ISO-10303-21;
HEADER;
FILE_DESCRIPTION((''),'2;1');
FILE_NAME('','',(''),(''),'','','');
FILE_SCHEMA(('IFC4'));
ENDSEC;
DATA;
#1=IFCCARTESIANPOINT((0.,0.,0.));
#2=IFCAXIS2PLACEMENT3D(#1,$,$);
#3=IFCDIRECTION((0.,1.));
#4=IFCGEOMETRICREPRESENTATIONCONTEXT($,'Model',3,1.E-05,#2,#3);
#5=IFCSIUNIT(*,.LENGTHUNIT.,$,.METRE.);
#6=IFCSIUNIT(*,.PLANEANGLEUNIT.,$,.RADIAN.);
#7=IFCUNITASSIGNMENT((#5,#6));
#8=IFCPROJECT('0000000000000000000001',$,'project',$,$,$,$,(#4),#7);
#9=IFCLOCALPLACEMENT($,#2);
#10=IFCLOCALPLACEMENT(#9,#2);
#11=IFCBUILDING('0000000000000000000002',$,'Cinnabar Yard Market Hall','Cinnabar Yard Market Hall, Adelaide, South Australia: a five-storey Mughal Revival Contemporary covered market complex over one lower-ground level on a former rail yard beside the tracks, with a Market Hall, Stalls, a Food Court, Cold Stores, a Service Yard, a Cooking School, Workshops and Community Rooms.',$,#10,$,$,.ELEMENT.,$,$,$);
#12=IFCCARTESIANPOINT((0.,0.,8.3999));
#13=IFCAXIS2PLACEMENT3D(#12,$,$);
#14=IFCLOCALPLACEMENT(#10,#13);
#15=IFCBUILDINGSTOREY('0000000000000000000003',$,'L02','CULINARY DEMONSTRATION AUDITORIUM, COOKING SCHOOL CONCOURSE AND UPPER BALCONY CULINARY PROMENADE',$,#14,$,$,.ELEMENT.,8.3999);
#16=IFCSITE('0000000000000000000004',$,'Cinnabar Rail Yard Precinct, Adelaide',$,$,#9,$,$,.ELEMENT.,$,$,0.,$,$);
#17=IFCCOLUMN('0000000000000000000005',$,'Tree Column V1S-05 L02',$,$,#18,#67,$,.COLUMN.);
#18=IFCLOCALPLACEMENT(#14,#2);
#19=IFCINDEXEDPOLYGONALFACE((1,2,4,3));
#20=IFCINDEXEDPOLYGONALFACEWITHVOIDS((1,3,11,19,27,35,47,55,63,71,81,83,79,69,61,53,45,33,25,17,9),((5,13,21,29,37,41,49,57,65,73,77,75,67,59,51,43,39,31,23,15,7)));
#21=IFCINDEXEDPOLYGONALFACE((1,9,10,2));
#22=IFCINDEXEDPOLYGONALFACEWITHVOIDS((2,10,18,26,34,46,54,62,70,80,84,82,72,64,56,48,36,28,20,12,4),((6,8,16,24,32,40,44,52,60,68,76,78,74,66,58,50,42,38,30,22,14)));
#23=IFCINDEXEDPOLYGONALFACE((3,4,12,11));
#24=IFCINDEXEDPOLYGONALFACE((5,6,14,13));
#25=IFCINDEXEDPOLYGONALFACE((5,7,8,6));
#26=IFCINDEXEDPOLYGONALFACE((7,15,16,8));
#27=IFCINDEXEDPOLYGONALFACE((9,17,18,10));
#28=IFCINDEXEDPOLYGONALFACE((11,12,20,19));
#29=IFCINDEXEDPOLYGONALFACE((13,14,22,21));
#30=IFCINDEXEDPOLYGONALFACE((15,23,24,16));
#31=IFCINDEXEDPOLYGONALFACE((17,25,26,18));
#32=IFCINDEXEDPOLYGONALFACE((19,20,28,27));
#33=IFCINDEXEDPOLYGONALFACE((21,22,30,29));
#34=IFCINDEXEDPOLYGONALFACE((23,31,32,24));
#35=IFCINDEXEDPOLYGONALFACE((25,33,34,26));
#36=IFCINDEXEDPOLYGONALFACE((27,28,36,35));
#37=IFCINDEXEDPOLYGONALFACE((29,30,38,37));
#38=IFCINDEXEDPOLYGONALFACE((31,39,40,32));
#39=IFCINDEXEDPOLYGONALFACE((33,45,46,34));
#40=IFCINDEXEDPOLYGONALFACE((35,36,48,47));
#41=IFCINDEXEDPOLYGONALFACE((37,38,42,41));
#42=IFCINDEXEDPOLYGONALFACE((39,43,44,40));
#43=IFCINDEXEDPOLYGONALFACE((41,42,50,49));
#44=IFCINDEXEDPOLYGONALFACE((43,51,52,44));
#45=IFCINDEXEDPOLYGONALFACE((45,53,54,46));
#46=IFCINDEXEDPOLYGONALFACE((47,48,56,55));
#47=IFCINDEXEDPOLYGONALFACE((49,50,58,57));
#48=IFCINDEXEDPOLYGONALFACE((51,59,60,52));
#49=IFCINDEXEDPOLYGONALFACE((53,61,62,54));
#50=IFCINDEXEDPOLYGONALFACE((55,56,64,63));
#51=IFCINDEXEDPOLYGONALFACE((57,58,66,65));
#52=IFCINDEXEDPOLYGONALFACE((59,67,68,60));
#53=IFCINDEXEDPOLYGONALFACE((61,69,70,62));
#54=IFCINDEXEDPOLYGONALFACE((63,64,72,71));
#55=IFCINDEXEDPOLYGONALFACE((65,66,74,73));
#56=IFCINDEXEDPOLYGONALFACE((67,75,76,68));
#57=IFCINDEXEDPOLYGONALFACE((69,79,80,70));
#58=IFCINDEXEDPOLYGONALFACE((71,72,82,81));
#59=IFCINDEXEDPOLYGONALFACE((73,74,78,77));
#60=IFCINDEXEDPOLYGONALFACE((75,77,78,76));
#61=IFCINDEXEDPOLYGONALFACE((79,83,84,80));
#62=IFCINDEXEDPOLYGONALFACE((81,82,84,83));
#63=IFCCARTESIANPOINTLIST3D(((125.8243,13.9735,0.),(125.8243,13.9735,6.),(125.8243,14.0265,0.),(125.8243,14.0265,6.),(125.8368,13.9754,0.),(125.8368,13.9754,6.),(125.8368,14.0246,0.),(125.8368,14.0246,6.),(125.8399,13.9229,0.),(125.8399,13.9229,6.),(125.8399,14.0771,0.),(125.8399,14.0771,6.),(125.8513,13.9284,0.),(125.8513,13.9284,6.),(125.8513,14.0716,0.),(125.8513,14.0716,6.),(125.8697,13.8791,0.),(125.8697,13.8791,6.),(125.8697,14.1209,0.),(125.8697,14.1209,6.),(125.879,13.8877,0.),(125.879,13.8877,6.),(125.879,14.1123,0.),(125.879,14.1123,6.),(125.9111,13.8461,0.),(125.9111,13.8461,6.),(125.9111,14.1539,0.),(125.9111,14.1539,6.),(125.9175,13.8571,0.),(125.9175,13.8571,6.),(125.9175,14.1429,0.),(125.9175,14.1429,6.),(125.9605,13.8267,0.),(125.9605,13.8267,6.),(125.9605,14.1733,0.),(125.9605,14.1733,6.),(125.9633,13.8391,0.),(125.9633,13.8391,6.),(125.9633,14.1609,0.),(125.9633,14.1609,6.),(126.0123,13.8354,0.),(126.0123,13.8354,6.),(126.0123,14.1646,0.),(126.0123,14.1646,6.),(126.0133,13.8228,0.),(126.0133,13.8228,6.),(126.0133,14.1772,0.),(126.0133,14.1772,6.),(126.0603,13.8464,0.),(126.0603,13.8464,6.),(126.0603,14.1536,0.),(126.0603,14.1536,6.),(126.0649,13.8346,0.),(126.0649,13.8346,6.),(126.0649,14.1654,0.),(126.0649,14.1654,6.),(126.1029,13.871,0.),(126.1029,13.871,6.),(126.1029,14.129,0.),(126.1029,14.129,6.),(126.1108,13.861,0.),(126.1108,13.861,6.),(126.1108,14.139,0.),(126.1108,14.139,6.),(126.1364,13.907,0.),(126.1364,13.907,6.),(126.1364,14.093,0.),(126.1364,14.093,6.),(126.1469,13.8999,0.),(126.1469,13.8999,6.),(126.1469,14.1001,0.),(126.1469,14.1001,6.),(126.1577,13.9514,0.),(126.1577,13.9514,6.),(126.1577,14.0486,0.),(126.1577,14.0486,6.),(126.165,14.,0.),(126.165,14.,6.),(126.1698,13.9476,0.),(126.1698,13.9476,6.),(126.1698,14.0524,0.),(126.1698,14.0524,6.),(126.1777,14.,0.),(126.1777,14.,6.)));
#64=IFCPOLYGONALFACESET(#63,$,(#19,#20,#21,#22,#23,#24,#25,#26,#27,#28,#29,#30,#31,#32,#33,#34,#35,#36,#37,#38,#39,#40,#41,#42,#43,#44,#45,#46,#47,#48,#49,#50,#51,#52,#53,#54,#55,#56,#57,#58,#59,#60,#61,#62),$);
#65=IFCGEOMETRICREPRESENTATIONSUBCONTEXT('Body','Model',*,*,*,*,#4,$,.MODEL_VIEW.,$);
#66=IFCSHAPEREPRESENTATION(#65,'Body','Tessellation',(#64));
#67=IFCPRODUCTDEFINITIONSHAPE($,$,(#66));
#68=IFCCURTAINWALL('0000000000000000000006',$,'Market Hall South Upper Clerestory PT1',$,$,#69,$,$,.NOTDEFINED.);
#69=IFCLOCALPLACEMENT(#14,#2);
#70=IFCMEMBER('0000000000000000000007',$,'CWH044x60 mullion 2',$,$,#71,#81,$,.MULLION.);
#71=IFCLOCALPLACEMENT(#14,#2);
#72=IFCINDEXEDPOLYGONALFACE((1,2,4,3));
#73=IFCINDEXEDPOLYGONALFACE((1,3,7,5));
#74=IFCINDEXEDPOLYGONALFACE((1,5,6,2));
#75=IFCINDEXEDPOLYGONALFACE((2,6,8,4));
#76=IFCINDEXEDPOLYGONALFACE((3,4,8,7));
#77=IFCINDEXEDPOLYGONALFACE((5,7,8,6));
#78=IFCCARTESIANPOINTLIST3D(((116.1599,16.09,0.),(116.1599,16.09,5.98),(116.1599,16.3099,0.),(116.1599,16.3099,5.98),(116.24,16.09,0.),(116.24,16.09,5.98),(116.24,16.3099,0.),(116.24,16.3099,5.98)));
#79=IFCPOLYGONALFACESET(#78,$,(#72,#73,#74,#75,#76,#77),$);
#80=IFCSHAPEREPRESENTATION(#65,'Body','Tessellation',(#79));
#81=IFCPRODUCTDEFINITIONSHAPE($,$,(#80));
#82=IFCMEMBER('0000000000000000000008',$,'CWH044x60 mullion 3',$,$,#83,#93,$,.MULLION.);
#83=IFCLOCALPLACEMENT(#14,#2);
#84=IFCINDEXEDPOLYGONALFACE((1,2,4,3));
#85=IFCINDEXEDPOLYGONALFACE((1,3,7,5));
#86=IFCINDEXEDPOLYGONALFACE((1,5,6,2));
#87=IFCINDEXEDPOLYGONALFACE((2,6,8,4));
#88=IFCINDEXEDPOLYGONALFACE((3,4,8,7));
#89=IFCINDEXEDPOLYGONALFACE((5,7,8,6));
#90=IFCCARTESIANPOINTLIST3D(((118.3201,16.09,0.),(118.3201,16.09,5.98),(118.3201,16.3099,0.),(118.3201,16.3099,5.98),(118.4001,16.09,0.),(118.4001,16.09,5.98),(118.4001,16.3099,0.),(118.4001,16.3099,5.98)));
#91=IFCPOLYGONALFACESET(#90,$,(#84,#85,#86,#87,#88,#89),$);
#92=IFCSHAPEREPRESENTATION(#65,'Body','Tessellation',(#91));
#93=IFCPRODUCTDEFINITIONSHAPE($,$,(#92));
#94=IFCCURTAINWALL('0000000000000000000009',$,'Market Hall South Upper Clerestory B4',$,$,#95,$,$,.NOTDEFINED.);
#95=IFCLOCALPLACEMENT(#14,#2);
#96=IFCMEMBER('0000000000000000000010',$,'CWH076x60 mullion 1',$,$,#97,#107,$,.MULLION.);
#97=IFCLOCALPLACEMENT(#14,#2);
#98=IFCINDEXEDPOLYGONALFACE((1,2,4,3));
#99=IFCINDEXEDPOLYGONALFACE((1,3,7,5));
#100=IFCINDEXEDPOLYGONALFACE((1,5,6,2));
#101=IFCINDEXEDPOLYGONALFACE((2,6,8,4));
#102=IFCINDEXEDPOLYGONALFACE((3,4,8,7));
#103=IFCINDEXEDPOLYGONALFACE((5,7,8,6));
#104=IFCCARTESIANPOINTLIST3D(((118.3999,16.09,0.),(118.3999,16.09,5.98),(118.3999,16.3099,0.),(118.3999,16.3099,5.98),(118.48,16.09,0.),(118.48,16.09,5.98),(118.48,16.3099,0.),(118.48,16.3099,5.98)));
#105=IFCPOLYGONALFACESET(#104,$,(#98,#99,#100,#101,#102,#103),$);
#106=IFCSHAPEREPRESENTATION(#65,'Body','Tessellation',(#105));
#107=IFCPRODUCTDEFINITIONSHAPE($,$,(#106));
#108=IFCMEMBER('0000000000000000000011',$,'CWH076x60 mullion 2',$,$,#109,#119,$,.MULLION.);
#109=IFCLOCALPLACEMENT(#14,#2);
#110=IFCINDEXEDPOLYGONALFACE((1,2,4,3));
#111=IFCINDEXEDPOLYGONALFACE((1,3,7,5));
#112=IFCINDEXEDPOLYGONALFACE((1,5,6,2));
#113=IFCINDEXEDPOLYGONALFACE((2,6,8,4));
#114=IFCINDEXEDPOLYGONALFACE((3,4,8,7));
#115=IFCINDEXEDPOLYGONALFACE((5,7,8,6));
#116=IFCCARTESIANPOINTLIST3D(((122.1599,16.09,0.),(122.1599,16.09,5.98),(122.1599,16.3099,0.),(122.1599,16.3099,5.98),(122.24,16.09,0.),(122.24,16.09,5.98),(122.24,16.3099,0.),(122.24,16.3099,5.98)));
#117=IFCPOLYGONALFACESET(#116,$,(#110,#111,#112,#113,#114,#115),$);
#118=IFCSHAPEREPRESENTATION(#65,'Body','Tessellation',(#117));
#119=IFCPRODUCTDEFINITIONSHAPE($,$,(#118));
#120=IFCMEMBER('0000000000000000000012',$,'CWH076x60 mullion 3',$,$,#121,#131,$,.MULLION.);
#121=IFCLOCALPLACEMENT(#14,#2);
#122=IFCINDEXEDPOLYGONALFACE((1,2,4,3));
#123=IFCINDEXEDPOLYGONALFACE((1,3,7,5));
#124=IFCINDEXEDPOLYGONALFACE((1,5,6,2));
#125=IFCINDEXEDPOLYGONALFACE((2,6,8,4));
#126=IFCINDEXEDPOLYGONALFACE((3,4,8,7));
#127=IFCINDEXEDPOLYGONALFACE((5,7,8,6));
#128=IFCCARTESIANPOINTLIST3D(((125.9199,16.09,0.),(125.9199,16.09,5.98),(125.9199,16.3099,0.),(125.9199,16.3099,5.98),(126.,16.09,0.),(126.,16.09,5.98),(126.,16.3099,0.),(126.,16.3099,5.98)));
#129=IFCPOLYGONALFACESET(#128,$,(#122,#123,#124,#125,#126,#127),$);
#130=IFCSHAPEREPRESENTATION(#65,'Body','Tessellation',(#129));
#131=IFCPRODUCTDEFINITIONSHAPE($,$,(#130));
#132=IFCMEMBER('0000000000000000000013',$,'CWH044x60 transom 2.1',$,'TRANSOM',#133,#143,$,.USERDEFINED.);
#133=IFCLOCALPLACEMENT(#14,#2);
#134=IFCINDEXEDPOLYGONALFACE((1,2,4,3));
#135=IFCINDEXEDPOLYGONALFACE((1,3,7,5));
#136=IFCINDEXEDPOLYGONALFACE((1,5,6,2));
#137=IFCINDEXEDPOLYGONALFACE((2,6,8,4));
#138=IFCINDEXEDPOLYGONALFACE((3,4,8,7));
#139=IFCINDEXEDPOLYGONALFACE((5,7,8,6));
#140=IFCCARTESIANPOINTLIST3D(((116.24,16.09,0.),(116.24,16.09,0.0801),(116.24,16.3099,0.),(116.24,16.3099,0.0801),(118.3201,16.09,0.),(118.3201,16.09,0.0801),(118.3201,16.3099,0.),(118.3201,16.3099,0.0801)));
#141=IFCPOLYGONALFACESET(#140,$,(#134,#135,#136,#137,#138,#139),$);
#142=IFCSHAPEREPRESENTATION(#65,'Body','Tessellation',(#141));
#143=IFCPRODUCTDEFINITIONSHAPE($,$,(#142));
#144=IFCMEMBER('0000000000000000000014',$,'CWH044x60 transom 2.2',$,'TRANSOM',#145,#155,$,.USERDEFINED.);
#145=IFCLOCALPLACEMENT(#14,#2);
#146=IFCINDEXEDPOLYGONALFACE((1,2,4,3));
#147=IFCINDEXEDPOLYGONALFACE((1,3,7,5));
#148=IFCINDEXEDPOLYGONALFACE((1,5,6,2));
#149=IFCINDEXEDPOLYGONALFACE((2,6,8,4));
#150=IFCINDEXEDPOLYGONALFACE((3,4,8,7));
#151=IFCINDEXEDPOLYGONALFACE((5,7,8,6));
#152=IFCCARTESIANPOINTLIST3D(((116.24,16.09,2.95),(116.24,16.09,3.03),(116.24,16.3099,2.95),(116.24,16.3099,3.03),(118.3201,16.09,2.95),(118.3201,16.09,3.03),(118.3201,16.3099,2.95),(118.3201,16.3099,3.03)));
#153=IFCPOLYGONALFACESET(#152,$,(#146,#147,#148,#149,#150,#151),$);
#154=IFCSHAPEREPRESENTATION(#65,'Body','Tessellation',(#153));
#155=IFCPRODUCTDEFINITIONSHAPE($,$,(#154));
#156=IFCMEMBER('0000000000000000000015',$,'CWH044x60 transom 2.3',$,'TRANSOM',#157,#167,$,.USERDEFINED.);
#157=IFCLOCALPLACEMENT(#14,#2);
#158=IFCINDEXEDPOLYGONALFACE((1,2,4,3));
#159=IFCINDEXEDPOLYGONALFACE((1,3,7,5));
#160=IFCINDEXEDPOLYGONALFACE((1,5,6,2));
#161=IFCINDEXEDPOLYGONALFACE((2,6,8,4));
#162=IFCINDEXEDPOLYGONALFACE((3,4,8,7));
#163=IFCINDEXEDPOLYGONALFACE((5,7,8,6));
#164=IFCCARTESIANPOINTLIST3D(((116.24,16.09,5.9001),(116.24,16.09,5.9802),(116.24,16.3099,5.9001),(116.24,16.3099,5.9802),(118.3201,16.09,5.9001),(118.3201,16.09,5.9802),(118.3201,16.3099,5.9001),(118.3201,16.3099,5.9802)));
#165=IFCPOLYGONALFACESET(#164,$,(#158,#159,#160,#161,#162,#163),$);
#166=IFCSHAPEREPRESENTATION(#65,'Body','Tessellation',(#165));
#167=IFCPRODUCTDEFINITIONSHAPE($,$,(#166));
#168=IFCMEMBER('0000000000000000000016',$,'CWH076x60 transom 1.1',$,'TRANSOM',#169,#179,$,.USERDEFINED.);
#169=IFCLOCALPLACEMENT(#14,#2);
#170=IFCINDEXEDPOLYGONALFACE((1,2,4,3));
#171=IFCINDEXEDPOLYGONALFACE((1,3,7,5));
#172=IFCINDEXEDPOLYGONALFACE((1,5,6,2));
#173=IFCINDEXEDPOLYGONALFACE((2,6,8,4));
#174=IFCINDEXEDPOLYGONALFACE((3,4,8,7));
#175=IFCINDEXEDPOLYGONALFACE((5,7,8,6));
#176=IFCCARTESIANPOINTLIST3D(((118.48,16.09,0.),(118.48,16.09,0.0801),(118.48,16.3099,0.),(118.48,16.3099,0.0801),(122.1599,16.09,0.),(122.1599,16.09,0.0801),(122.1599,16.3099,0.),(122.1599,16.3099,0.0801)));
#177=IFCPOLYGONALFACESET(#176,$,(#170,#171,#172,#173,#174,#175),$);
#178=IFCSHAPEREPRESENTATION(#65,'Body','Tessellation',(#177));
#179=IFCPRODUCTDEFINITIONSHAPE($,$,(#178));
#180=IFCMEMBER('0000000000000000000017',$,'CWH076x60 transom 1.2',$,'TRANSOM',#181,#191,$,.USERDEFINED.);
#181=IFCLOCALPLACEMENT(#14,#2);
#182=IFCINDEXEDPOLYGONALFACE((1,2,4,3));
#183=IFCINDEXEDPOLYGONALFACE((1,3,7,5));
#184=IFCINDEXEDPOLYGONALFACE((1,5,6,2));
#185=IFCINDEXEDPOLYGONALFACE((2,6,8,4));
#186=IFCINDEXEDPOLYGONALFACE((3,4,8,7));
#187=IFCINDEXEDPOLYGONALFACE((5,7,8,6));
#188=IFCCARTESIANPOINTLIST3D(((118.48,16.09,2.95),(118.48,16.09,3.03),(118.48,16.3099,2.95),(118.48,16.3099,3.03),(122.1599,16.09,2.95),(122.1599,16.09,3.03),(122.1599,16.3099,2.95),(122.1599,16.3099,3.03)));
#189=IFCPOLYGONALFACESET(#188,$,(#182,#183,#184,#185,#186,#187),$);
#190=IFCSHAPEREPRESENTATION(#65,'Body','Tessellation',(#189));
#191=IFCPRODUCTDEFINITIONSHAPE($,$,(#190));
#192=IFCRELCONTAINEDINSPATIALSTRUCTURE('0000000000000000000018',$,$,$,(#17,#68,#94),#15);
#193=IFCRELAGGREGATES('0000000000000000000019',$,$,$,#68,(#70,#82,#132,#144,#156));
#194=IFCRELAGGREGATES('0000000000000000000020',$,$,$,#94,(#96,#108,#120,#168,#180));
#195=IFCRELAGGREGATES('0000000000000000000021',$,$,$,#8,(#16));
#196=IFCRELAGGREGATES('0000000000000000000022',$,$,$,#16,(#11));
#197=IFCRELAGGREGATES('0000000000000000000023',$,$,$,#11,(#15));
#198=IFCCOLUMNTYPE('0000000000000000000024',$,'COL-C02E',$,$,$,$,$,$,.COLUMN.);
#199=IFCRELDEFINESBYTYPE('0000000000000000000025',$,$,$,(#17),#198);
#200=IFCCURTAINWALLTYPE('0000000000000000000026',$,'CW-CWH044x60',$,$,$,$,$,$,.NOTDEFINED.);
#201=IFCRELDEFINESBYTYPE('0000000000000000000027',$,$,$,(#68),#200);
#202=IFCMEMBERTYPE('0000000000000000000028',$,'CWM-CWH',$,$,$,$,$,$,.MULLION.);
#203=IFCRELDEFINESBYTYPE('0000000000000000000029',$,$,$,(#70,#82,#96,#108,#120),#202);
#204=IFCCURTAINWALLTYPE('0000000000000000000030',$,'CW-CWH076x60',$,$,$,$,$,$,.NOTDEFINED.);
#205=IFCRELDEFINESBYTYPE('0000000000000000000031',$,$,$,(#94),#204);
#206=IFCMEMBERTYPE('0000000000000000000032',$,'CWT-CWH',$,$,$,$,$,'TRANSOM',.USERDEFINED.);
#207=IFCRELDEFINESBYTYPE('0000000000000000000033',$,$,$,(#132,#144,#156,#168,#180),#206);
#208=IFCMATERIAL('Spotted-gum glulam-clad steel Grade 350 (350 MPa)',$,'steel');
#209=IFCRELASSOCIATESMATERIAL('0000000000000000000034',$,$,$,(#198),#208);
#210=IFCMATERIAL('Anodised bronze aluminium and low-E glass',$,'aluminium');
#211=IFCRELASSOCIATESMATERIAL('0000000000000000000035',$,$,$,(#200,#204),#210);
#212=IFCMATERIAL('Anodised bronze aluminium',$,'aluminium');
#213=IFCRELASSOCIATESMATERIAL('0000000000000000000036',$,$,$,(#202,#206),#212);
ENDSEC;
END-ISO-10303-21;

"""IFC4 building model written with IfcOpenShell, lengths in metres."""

from ifc_helpers import new_model, si_unit, direction, frame, origin, origin_2d_with_axis, place, context, subcontext, project, spatial, rectangle, hollow_circle, extrude, material, material_profile, profile_set, type_object, element, aggregate, save


model = new_model("IFC4")

# Units and contexts
model_context = context("Model", 3, precision=1e-05, world=origin(), true_north=direction((0.0, 1.0)))
body_context = subcontext(model_context, "Body", "Model", "MODEL_VIEW")
ifc_project = project(units=[si_unit("LENGTHUNIT", "METRE"), si_unit("PLANEANGLEUNIT", "RADIAN")], contexts=[model_context])

# Site, building, storey
site_placement = place(None, origin())
site = spatial("IfcSite", under=ifc_project, at=site_placement, Name="Cinnabar Rail Yard Precinct, Adelaide", CompositionType="ELEMENT", RefElevation=0.0)
building_placement = place(site_placement, origin())
building = spatial("IfcBuilding", under=site, at=building_placement, Name="Cinnabar Yard Market Hall", Description="Cinnabar Yard Market Hall, Adelaide, South Australia: a five-storey Mughal Revival Contemporary covered market complex over one lower-ground level on a former rail yard beside the tracks, with a Market Hall, Stalls, a Food Court, Cold Stores, a Service Yard, a Cooking School, Workshops and Community Rooms.", CompositionType="ELEMENT")
storey_placement = place(building_placement, frame((0.0, 0.0, 8.3999)))
storey = spatial("IfcBuildingStorey", under=building, at=storey_placement, Name="L02", Description="CULINARY DEMONSTRATION AUDITORIUM, COOKING SCHOOL CONCOURSE AND UPPER BALCONY CULINARY PROMENADE", CompositionType="ELEMENT", Elevation=8.3999)

# Column
ifc_material_1 = material(Name="Spotted-gum glulam-clad steel Grade 350 (350 MPa)", Category="steel")
ifc_material_profile_1 = material_profile(ifc_material_1, hollow_circle(Radius=0.1777, WallThickness=0.0127, at=origin_2d_with_axis()), Name="355.6x12.7CHS")
ifc_profile_set_1 = profile_set([ifc_material_profile_1], Name="Spotted-gum glulam-clad steel Grade 350 (350 MPa)")
column_type = type_object("IfcColumnType", Name="COL-C02E", PredefinedType="COLUMN", material=ifc_profile_set_1)
column_placement = place(storey_placement, frame((126.0, 14.0, 0.0), z_axis=(0.0, 0.0, 1.0), x_axis=(1.0, 0.0, 0.0)))
element("IfcColumn", 1, at=column_placement, inside=storey, type_object=column_type, Name="Tree Column V1S-05 L02", PredefinedType="COLUMN", context=body_context, shape_type="SweptSolid", body=[
    extrude(hollow_circle(Radius=0.1777, WallThickness=0.0127, at=origin_2d_with_axis()), origin(), (0.0, 0.0, 1.0), 6.0),
])

# Curtain walls, members
ifc_material_2 = material(Name="Anodised bronze aluminium and low-E glass", Category="aluminium")
curtain_wall_type_1 = type_object("IfcCurtainWallType", Name="CW-CWH044x60", PredefinedType="NOTDEFINED", material=ifc_material_2)
curtain_wall_1_placement = place(storey_placement, origin())
curtain_wall_1 = element("IfcCurtainWall", 2, at=curtain_wall_1_placement, inside=storey, type_object=curtain_wall_type_1, Name="Market Hall South Upper Clerestory PT1", PredefinedType="NOTDEFINED")
ifc_material_3 = material(Name="Anodised bronze aluminium", Category="aluminium")
ifc_material_profile_2 = material_profile(ifc_material_3, rectangle(XDim=0.22, YDim=0.0801, at=origin_2d_with_axis()), Name="MUL-CWH")
ifc_profile_set_2 = profile_set([ifc_material_profile_2], Name="Anodised bronze aluminium")
member_type_1 = type_object("IfcMemberType", Name="CWM-CWH", PredefinedType="MULLION", material=ifc_profile_set_2)
member_1_placement = place(storey_placement, frame((116.2, 16.2, 0.0), z_axis=(0.0, 0.0, 1.0), x_axis=(0.0, 1.0, 0.0)))
member_1 = element("IfcMember", 3, at=member_1_placement, type_object=member_type_1, Name="CWH044x60 mullion 2", PredefinedType="MULLION", context=body_context, shape_type="SweptSolid", body=[
    extrude(rectangle(XDim=0.22, YDim=0.0801, at=origin_2d_with_axis()), origin(), (0.0, 0.0, 1.0), 5.98),
])
member_2_placement = place(storey_placement, frame((118.3601, 16.2, 0.0), z_axis=(0.0, 0.0, 1.0), x_axis=(0.0, 1.0, 0.0)))
member_2 = element("IfcMember", 4, at=member_2_placement, type_object=member_type_1, Name="CWH044x60 mullion 3", PredefinedType="MULLION", context=body_context, shape_type="SweptSolid", body=[
    extrude(rectangle(XDim=0.22, YDim=0.0801, at=origin_2d_with_axis()), origin(), (0.0, 0.0, 1.0), 5.98),
])
curtain_wall_type_2 = type_object("IfcCurtainWallType", Name="CW-CWH076x60", PredefinedType="NOTDEFINED", material=ifc_material_2)
curtain_wall_2_placement = place(storey_placement, origin())
curtain_wall_2 = element("IfcCurtainWall", 5, at=curtain_wall_2_placement, inside=storey, type_object=curtain_wall_type_2, Name="Market Hall South Upper Clerestory B4", PredefinedType="NOTDEFINED")
member_3_placement = place(storey_placement, frame((118.4399, 16.2, 0.0), z_axis=(0.0, 0.0, 1.0), x_axis=(0.0, 1.0, 0.0)))
member_3 = element("IfcMember", 6, at=member_3_placement, type_object=member_type_1, Name="CWH076x60 mullion 1", PredefinedType="MULLION", context=body_context, shape_type="SweptSolid", body=[
    extrude(rectangle(XDim=0.22, YDim=0.0801, at=origin_2d_with_axis()), origin(), (0.0, 0.0, 1.0), 5.98),
])
member_4_placement = place(storey_placement, frame((122.2, 16.2, 0.0), z_axis=(0.0, 0.0, 1.0), x_axis=(0.0, 1.0, 0.0)))
member_4 = element("IfcMember", 7, at=member_4_placement, type_object=member_type_1, Name="CWH076x60 mullion 2", PredefinedType="MULLION", context=body_context, shape_type="SweptSolid", body=[
    extrude(rectangle(XDim=0.22, YDim=0.0801, at=origin_2d_with_axis()), origin(), (0.0, 0.0, 1.0), 5.98),
])
member_5_placement = place(storey_placement, frame((125.96, 16.2, 0.0), z_axis=(0.0, 0.0, 1.0), x_axis=(0.0, 1.0, 0.0)))
member_5 = element("IfcMember", 8, at=member_5_placement, type_object=member_type_1, Name="CWH076x60 mullion 3", PredefinedType="MULLION", context=body_context, shape_type="SweptSolid", body=[
    extrude(rectangle(XDim=0.22, YDim=0.0801, at=origin_2d_with_axis()), origin(), (0.0, 0.0, 1.0), 5.98),
])

# Members
ifc_material_profile_3 = material_profile(ifc_material_3, rectangle(XDim=0.22, YDim=0.0801, at=origin_2d_with_axis()), Name="TRN-CWH")
ifc_profile_set_3 = profile_set([ifc_material_profile_3], Name="Anodised bronze aluminium")
member_type_2 = type_object("IfcMemberType", Name="CWT-CWH", ElementType="TRANSOM", PredefinedType="USERDEFINED", material=ifc_profile_set_3)
member_6_placement = place(storey_placement, frame((116.24, 16.2, 0.04), z_axis=(1.0, 0.0, 0.0), x_axis=(0.0, 1.0, 0.0)))
member_6 = element("IfcMember", 9, at=member_6_placement, type_object=member_type_2, Name="CWH044x60 transom 2.1", ObjectType="TRANSOM", PredefinedType="USERDEFINED", context=body_context, shape_type="SweptSolid", body=[
    extrude(rectangle(XDim=0.22, YDim=0.0801, at=origin_2d_with_axis()), origin(), (0.0, 0.0, 1.0), 2.0801),
])
member_7_placement = place(storey_placement, frame((116.24, 16.2, 2.99), z_axis=(1.0, 0.0, 0.0), x_axis=(0.0, 1.0, 0.0)))
member_7 = element("IfcMember", 10, at=member_7_placement, type_object=member_type_2, Name="CWH044x60 transom 2.2", ObjectType="TRANSOM", PredefinedType="USERDEFINED", context=body_context, shape_type="SweptSolid", body=[
    extrude(rectangle(XDim=0.22, YDim=0.0801, at=origin_2d_with_axis()), origin(), (0.0, 0.0, 1.0), 2.0801),
])
member_8_placement = place(storey_placement, frame((116.24, 16.2, 5.9402), z_axis=(1.0, 0.0, 0.0), x_axis=(0.0, 1.0, 0.0)))
member_8 = element("IfcMember", 11, at=member_8_placement, type_object=member_type_2, Name="CWH044x60 transom 2.3", ObjectType="TRANSOM", PredefinedType="USERDEFINED", context=body_context, shape_type="SweptSolid", body=[
    extrude(rectangle(XDim=0.22, YDim=0.0801, at=origin_2d_with_axis()), origin(), (0.0, 0.0, 1.0), 2.0801),
])
member_9_placement = place(storey_placement, frame((118.48, 16.2, 0.04), z_axis=(1.0, 0.0, 0.0), x_axis=(0.0, 1.0, 0.0)))
member_9 = element("IfcMember", 12, at=member_9_placement, type_object=member_type_2, Name="CWH076x60 transom 1.1", ObjectType="TRANSOM", PredefinedType="USERDEFINED", context=body_context, shape_type="SweptSolid", body=[
    extrude(rectangle(XDim=0.22, YDim=0.0801, at=origin_2d_with_axis()), origin(), (0.0, 0.0, 1.0), 3.6799),
])
member_10_placement = place(storey_placement, frame((118.48, 16.2, 2.99), z_axis=(1.0, 0.0, 0.0), x_axis=(0.0, 1.0, 0.0)))
member_10 = element("IfcMember", 13, at=member_10_placement, type_object=member_type_2, Name="CWH076x60 transom 1.2", ObjectType="TRANSOM", PredefinedType="USERDEFINED", context=body_context, shape_type="SweptSolid", body=[
    extrude(rectangle(XDim=0.22, YDim=0.0801, at=origin_2d_with_axis()), origin(), (0.0, 0.0, 1.0), 3.6799),
])

aggregate(curtain_wall_1, [member_1, member_2, member_6, member_7, member_8])
aggregate(curtain_wall_2, [member_3, member_4, member_5, member_9, member_10])

save(model, "model.ifc")
